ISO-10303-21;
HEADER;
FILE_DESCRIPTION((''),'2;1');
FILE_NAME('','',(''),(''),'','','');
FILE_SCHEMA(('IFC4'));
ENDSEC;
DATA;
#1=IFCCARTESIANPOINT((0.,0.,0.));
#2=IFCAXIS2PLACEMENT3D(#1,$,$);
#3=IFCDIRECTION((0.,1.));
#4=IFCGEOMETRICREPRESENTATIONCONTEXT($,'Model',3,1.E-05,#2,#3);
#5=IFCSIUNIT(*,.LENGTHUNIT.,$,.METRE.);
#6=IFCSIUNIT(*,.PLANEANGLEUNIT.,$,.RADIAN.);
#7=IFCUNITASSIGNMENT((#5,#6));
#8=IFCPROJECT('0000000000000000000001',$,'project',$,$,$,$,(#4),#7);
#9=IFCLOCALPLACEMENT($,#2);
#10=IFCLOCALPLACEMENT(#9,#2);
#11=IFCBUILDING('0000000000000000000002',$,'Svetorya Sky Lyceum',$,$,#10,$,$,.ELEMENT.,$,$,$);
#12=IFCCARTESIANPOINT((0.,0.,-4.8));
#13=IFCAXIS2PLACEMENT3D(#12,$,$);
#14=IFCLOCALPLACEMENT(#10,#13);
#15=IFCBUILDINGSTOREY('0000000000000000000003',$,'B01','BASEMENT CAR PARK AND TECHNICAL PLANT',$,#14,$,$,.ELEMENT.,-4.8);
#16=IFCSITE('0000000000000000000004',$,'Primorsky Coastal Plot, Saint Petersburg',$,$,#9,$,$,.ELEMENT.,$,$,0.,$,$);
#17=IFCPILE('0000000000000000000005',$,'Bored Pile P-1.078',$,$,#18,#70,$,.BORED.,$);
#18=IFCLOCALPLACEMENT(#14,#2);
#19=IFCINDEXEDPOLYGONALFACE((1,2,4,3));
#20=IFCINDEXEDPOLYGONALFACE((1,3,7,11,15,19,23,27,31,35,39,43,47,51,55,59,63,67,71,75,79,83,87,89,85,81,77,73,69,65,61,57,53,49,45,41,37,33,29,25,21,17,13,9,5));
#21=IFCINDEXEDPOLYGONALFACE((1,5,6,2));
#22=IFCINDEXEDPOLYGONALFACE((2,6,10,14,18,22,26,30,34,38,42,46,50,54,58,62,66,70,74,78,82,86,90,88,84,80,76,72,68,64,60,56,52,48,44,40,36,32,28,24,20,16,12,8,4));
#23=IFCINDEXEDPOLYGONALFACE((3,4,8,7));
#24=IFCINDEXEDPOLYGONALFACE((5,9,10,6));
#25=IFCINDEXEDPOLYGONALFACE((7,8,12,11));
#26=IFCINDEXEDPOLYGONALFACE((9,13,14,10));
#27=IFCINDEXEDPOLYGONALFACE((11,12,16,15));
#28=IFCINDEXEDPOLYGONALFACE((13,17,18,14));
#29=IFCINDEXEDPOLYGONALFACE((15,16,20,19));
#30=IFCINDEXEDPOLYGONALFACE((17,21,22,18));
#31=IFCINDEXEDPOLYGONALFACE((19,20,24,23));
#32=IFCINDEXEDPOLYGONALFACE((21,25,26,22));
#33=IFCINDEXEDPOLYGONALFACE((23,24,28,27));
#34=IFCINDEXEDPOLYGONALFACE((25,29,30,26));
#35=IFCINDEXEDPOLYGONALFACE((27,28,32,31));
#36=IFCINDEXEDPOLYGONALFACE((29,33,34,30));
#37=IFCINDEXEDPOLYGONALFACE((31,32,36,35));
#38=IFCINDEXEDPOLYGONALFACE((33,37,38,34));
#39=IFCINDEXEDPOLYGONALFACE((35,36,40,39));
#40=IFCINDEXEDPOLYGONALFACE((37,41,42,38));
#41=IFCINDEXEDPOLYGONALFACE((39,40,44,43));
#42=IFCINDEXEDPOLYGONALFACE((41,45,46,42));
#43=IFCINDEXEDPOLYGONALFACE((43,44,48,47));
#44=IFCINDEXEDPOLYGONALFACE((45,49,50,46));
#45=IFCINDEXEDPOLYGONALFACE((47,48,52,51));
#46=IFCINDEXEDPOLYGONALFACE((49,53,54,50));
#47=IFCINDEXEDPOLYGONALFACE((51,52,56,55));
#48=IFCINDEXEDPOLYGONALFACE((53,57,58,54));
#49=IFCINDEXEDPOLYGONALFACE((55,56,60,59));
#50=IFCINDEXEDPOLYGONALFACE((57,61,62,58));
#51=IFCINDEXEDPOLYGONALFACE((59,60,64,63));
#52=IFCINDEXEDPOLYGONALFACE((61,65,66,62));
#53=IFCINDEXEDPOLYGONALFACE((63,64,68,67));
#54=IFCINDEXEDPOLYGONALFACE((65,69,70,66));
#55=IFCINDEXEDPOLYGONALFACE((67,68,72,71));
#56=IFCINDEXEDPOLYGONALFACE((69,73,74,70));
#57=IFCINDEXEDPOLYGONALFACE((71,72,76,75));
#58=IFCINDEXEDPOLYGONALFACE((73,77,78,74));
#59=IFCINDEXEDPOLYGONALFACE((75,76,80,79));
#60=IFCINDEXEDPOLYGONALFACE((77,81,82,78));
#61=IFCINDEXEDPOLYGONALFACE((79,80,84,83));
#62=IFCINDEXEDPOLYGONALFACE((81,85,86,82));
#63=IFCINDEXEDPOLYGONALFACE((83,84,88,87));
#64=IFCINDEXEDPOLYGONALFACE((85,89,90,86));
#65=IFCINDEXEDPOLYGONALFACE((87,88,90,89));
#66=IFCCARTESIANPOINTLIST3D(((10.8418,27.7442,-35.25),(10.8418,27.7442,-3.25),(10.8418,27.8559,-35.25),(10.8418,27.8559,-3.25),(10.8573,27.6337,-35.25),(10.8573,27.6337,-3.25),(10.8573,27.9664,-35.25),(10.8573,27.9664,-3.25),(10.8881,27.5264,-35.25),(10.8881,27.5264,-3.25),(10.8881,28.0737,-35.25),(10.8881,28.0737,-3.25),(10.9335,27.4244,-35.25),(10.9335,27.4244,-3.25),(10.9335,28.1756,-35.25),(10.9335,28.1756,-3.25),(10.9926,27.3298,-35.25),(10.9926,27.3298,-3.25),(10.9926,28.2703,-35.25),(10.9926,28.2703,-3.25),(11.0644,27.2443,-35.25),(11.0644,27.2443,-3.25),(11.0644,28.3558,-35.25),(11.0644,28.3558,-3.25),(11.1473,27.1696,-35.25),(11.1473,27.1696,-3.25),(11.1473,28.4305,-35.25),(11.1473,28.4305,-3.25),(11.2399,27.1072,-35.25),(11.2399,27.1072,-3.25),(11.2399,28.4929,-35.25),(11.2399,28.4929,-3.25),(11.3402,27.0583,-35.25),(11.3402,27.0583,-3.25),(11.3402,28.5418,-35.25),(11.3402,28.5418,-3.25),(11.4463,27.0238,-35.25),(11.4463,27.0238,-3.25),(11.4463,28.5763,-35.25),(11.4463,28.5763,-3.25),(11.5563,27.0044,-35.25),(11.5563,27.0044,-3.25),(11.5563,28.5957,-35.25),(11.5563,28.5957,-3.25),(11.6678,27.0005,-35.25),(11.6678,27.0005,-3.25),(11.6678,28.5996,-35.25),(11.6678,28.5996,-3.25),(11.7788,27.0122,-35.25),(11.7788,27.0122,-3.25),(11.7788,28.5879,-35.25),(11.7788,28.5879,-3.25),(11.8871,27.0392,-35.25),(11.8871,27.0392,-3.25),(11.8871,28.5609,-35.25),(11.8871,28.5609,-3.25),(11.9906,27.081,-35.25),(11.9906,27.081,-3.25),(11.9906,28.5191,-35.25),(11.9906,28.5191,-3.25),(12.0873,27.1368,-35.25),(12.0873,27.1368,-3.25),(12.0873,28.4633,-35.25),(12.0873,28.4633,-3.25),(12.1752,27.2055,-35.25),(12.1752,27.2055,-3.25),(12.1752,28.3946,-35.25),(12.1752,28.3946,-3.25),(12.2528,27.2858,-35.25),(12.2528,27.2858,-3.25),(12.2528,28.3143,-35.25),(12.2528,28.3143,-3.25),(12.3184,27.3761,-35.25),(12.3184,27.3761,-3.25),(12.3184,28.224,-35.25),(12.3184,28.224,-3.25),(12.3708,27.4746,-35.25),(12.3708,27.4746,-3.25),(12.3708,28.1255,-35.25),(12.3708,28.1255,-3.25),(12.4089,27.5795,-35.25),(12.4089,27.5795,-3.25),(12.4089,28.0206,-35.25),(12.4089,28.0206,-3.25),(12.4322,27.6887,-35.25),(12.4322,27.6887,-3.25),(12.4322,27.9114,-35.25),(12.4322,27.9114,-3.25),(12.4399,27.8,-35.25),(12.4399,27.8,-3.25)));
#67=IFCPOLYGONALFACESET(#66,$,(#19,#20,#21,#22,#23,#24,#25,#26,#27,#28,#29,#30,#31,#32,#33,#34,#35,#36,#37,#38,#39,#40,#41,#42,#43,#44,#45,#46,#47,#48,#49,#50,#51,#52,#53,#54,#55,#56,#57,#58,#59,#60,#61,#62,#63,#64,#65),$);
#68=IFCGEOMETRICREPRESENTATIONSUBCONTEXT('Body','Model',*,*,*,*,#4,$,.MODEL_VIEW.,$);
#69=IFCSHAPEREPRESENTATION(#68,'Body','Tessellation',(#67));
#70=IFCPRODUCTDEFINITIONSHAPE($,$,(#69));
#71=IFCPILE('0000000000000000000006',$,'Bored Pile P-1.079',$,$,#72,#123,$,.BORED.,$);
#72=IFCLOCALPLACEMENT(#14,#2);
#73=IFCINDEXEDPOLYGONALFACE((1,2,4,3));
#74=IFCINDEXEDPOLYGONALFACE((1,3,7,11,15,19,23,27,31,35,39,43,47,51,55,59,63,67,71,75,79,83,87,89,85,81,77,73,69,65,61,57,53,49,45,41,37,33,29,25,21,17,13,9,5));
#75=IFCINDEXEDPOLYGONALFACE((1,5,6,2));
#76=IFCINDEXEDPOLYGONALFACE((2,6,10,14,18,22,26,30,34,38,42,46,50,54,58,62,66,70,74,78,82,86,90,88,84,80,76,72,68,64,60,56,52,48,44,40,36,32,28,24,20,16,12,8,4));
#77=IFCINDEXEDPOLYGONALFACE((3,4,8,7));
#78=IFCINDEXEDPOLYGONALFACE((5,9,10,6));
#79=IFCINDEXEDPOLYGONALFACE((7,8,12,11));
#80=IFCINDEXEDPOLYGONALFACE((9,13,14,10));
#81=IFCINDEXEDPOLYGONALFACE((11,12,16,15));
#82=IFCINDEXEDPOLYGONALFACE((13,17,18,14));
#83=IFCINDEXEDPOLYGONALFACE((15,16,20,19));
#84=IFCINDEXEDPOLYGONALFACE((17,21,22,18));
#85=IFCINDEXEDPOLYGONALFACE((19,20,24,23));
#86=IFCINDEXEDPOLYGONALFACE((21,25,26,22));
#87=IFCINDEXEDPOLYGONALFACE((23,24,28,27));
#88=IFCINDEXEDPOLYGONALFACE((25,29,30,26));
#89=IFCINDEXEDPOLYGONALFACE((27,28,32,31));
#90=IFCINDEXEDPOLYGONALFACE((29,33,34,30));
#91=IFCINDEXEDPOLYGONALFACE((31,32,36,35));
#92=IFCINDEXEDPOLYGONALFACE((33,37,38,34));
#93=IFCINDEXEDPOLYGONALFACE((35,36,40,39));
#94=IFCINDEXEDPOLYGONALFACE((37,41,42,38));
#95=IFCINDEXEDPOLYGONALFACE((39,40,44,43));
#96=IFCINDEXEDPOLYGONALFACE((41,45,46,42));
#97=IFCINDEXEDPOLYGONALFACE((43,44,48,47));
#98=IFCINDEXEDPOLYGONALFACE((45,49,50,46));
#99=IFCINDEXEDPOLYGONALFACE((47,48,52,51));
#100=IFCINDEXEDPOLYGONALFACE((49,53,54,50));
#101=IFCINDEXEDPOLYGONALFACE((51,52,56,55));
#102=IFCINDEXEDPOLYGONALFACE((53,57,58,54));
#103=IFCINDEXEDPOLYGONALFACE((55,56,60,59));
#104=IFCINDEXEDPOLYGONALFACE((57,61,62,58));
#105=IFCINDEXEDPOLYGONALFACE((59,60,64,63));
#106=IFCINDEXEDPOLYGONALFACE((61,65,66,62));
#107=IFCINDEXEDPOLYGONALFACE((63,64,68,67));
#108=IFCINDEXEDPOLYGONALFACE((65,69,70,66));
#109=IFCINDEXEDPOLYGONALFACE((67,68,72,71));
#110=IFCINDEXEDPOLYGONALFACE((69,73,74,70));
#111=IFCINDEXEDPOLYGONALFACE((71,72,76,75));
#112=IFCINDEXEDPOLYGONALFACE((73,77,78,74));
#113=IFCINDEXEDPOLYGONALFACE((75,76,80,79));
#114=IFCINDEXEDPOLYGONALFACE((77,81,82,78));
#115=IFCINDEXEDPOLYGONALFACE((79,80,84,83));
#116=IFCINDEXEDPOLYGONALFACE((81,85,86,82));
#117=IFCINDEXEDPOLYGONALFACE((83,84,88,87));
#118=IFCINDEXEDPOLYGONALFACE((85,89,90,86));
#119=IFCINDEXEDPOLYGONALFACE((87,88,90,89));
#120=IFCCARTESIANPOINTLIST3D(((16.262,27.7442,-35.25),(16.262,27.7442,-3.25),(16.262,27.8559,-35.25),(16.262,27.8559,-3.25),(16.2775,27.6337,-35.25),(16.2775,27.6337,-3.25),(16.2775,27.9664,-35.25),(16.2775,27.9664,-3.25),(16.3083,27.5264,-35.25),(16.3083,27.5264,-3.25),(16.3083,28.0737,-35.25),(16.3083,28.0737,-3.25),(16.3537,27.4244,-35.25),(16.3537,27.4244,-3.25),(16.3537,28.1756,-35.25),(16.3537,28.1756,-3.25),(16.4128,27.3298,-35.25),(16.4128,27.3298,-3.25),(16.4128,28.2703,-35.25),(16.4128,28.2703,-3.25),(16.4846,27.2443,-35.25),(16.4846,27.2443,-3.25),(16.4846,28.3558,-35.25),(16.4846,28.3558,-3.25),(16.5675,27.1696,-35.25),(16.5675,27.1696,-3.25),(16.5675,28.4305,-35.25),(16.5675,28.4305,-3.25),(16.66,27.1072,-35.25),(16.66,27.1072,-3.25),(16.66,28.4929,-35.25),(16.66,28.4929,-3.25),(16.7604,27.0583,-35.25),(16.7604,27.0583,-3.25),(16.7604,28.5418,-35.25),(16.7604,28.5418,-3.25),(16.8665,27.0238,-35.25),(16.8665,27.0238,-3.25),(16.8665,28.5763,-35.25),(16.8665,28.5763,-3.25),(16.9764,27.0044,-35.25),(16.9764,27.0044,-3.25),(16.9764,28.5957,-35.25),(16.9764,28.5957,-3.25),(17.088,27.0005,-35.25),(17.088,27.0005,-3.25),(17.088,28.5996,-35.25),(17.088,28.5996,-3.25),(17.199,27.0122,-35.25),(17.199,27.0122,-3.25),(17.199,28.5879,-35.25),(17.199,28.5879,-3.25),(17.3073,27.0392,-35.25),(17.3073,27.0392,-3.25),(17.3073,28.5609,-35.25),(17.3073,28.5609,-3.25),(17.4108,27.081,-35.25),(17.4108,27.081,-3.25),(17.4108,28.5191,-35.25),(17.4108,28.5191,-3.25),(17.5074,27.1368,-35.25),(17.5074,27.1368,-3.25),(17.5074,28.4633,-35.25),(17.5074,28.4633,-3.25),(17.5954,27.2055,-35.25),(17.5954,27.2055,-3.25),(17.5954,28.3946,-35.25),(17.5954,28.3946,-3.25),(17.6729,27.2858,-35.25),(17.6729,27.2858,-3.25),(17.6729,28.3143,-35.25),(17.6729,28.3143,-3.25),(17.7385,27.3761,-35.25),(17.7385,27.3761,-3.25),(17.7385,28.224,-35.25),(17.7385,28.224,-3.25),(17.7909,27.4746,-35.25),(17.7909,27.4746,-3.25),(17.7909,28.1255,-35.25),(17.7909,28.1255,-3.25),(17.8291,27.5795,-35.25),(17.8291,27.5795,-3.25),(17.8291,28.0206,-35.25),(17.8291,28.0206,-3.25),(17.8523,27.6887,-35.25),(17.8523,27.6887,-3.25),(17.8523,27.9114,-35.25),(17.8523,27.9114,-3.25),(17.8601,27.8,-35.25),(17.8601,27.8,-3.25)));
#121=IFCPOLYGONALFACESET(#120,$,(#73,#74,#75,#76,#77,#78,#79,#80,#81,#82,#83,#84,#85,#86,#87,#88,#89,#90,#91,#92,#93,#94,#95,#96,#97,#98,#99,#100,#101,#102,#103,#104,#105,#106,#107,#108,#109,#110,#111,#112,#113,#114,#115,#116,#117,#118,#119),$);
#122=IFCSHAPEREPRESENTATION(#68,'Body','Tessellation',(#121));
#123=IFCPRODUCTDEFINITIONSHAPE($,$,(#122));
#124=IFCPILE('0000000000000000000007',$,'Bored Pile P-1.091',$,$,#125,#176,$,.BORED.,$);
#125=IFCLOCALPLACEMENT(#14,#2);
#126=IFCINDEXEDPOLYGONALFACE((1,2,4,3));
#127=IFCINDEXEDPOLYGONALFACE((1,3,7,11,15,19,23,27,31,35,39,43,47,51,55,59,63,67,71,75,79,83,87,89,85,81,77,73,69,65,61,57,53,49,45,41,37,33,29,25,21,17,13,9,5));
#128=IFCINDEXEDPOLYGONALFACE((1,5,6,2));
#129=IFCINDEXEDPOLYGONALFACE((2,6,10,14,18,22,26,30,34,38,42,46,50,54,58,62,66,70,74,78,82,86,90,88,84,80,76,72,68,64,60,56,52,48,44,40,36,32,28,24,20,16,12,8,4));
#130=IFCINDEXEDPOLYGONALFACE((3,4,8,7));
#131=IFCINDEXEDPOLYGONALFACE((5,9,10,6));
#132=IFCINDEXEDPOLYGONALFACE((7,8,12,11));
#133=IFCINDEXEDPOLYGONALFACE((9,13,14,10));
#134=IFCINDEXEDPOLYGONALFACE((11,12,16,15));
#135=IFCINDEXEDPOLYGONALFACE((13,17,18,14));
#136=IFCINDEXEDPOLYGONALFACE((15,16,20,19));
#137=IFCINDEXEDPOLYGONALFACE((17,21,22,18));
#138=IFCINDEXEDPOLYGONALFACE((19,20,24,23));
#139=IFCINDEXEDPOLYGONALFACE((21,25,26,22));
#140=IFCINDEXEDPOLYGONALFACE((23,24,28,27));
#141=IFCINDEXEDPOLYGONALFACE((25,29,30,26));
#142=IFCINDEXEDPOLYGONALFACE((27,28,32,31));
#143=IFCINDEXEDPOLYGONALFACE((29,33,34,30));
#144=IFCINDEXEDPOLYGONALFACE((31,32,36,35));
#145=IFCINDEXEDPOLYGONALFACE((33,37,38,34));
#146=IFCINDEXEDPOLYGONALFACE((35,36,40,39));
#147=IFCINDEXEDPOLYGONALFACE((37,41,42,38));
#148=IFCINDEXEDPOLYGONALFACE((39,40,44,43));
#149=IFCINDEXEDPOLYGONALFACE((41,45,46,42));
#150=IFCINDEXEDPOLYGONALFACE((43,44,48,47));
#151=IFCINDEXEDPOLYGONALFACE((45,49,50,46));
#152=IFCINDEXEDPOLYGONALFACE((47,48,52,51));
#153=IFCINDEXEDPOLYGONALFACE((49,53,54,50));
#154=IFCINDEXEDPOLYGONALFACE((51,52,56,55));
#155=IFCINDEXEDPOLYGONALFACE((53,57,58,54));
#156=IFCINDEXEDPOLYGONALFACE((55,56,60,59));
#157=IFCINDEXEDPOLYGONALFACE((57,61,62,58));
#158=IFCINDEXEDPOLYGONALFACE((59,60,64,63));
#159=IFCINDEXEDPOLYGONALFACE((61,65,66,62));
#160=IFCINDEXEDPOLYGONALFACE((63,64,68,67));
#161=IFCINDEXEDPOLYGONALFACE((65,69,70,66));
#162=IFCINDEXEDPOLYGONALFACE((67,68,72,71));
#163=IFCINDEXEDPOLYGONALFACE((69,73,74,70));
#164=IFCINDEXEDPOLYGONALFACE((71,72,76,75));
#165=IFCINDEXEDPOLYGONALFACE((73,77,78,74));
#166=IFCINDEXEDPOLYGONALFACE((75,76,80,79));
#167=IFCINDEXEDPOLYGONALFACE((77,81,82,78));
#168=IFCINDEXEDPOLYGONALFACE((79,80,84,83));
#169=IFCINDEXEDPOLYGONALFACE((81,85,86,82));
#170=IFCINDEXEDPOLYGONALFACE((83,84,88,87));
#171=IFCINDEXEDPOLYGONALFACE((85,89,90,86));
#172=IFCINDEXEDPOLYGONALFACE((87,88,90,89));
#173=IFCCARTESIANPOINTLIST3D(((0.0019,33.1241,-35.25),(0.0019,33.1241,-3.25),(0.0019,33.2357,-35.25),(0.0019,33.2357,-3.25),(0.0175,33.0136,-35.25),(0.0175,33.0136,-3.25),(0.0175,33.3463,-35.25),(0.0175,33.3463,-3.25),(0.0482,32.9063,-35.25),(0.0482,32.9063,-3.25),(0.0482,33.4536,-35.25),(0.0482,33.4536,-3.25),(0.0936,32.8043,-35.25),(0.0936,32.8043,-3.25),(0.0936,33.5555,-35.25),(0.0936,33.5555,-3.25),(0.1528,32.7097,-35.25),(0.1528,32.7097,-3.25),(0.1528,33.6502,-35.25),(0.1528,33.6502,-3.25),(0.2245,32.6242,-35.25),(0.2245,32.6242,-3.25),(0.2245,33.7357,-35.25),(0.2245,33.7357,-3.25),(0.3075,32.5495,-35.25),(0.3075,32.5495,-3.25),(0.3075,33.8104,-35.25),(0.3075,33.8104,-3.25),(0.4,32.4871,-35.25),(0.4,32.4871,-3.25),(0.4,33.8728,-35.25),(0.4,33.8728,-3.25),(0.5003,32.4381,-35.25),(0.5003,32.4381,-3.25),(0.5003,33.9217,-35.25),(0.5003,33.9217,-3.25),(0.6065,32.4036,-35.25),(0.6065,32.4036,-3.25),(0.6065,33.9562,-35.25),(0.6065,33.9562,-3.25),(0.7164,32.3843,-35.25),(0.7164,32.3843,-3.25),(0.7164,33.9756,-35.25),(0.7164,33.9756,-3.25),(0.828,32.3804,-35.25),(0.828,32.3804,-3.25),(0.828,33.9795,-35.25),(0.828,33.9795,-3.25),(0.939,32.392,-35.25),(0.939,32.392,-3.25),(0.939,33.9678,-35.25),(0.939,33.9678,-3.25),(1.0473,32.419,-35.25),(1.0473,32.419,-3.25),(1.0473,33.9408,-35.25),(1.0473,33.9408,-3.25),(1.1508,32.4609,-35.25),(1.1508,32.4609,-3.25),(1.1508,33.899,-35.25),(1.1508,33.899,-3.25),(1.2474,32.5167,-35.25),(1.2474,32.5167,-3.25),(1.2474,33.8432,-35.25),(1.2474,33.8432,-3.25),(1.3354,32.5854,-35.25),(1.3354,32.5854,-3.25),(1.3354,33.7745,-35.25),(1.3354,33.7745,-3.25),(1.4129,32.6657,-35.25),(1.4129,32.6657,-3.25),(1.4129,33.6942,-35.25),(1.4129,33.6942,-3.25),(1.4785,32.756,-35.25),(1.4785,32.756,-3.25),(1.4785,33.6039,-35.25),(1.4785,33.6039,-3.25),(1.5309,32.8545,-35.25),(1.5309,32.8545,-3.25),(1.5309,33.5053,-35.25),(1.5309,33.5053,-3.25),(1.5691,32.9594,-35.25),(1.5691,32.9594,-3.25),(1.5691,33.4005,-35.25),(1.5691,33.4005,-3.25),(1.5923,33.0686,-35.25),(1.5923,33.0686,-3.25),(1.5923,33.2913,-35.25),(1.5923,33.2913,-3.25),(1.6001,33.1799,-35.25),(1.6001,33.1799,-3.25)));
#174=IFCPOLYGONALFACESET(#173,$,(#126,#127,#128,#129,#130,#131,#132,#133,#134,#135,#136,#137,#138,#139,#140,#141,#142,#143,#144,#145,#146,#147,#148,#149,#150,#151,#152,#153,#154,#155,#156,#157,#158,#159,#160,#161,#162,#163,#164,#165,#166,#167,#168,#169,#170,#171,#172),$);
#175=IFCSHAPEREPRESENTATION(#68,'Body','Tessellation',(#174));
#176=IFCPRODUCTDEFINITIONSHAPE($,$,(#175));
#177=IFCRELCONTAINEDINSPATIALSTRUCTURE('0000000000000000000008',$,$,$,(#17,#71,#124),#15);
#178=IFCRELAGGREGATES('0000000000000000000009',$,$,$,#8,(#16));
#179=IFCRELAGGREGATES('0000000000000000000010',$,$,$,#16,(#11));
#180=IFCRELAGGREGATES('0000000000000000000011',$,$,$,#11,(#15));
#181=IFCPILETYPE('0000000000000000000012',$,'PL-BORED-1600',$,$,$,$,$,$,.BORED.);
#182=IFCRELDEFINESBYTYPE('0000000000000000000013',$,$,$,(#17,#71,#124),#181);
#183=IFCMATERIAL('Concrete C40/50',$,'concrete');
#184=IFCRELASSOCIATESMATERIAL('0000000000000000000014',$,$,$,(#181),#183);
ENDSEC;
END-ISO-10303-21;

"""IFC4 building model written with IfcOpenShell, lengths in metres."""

from ifc_helpers import new_model, si_unit, direction, frame, origin, origin_2d, place, context, subcontext, project, spatial, circle, extrude, material, material_profile, profile_set, type_object, element, save


model = new_model("IFC4")

# Units and contexts
model_context = context("Model", 3, precision=1e-05, world=origin(), true_north=direction((0.0, 1.0)))
body_context = subcontext(model_context, "Body", "Model", "MODEL_VIEW")
ifc_project = project(units=[si_unit("LENGTHUNIT", "METRE"), si_unit("PLANEANGLEUNIT", "RADIAN")], contexts=[model_context])

# Site, building, storey
site_placement = place(None, origin())
site = spatial("IfcSite", under=ifc_project, at=site_placement, Name="Primorsky Coastal Plot, Saint Petersburg", CompositionType="ELEMENT", RefElevation=0.0)
building_placement = place(site_placement, origin())
building = spatial("IfcBuilding", under=site, at=building_placement, Name="Svetorya Sky Lyceum", CompositionType="ELEMENT")
storey_placement = place(building_placement, frame((0.0, 0.0, -4.8)))
storey = spatial("IfcBuildingStorey", under=building, at=storey_placement, Name="B01", Description="BASEMENT CAR PARK AND TECHNICAL PLANT", CompositionType="ELEMENT", Elevation=-4.8)

# Piles
ifc_material_1 = material(Name="Concrete C40/50", Category="concrete")
ifc_material_profile_1 = material_profile(ifc_material_1, circle(Radius=0.8, at=origin_2d()), Name="RC PILE D1600")
ifc_profile_set_1 = profile_set([ifc_material_profile_1], Name="Concrete C40/50")
pile_type = type_object("IfcPileType", Name="PL-BORED-1600", PredefinedType="BORED", material=ifc_profile_set_1)
for number, where, z_axis, x_axis, name in (
    (1, (11.6399, 27.8, -3.25), (0.0, 0.0, -1.0), (1.0, 0.0, 0.0), "Bored Pile P-1.078"),
    (2, (17.0601, 27.8, -3.25), (0.0, 0.0, -1.0), (1.0, 0.0, 0.0), "Bored Pile P-1.079"),
    (3, (0.8, 33.1799, -3.25), (0.0, 0.0, -1.0), (1.0, 0.0, 0.0), "Bored Pile P-1.091"),
):
    element("IfcPile", number, at=place(storey_placement, frame(where, z_axis=z_axis, x_axis=x_axis)), inside=storey, type_object=pile_type, Name=name, PredefinedType="BORED", context=body_context, shape_type="SweptSolid", body=[
        extrude(circle(Radius=0.8, at=origin_2d()), origin(), (0.0, 0.0, 1.0), 32.0),
    ])

save(model, "model.ifc")
